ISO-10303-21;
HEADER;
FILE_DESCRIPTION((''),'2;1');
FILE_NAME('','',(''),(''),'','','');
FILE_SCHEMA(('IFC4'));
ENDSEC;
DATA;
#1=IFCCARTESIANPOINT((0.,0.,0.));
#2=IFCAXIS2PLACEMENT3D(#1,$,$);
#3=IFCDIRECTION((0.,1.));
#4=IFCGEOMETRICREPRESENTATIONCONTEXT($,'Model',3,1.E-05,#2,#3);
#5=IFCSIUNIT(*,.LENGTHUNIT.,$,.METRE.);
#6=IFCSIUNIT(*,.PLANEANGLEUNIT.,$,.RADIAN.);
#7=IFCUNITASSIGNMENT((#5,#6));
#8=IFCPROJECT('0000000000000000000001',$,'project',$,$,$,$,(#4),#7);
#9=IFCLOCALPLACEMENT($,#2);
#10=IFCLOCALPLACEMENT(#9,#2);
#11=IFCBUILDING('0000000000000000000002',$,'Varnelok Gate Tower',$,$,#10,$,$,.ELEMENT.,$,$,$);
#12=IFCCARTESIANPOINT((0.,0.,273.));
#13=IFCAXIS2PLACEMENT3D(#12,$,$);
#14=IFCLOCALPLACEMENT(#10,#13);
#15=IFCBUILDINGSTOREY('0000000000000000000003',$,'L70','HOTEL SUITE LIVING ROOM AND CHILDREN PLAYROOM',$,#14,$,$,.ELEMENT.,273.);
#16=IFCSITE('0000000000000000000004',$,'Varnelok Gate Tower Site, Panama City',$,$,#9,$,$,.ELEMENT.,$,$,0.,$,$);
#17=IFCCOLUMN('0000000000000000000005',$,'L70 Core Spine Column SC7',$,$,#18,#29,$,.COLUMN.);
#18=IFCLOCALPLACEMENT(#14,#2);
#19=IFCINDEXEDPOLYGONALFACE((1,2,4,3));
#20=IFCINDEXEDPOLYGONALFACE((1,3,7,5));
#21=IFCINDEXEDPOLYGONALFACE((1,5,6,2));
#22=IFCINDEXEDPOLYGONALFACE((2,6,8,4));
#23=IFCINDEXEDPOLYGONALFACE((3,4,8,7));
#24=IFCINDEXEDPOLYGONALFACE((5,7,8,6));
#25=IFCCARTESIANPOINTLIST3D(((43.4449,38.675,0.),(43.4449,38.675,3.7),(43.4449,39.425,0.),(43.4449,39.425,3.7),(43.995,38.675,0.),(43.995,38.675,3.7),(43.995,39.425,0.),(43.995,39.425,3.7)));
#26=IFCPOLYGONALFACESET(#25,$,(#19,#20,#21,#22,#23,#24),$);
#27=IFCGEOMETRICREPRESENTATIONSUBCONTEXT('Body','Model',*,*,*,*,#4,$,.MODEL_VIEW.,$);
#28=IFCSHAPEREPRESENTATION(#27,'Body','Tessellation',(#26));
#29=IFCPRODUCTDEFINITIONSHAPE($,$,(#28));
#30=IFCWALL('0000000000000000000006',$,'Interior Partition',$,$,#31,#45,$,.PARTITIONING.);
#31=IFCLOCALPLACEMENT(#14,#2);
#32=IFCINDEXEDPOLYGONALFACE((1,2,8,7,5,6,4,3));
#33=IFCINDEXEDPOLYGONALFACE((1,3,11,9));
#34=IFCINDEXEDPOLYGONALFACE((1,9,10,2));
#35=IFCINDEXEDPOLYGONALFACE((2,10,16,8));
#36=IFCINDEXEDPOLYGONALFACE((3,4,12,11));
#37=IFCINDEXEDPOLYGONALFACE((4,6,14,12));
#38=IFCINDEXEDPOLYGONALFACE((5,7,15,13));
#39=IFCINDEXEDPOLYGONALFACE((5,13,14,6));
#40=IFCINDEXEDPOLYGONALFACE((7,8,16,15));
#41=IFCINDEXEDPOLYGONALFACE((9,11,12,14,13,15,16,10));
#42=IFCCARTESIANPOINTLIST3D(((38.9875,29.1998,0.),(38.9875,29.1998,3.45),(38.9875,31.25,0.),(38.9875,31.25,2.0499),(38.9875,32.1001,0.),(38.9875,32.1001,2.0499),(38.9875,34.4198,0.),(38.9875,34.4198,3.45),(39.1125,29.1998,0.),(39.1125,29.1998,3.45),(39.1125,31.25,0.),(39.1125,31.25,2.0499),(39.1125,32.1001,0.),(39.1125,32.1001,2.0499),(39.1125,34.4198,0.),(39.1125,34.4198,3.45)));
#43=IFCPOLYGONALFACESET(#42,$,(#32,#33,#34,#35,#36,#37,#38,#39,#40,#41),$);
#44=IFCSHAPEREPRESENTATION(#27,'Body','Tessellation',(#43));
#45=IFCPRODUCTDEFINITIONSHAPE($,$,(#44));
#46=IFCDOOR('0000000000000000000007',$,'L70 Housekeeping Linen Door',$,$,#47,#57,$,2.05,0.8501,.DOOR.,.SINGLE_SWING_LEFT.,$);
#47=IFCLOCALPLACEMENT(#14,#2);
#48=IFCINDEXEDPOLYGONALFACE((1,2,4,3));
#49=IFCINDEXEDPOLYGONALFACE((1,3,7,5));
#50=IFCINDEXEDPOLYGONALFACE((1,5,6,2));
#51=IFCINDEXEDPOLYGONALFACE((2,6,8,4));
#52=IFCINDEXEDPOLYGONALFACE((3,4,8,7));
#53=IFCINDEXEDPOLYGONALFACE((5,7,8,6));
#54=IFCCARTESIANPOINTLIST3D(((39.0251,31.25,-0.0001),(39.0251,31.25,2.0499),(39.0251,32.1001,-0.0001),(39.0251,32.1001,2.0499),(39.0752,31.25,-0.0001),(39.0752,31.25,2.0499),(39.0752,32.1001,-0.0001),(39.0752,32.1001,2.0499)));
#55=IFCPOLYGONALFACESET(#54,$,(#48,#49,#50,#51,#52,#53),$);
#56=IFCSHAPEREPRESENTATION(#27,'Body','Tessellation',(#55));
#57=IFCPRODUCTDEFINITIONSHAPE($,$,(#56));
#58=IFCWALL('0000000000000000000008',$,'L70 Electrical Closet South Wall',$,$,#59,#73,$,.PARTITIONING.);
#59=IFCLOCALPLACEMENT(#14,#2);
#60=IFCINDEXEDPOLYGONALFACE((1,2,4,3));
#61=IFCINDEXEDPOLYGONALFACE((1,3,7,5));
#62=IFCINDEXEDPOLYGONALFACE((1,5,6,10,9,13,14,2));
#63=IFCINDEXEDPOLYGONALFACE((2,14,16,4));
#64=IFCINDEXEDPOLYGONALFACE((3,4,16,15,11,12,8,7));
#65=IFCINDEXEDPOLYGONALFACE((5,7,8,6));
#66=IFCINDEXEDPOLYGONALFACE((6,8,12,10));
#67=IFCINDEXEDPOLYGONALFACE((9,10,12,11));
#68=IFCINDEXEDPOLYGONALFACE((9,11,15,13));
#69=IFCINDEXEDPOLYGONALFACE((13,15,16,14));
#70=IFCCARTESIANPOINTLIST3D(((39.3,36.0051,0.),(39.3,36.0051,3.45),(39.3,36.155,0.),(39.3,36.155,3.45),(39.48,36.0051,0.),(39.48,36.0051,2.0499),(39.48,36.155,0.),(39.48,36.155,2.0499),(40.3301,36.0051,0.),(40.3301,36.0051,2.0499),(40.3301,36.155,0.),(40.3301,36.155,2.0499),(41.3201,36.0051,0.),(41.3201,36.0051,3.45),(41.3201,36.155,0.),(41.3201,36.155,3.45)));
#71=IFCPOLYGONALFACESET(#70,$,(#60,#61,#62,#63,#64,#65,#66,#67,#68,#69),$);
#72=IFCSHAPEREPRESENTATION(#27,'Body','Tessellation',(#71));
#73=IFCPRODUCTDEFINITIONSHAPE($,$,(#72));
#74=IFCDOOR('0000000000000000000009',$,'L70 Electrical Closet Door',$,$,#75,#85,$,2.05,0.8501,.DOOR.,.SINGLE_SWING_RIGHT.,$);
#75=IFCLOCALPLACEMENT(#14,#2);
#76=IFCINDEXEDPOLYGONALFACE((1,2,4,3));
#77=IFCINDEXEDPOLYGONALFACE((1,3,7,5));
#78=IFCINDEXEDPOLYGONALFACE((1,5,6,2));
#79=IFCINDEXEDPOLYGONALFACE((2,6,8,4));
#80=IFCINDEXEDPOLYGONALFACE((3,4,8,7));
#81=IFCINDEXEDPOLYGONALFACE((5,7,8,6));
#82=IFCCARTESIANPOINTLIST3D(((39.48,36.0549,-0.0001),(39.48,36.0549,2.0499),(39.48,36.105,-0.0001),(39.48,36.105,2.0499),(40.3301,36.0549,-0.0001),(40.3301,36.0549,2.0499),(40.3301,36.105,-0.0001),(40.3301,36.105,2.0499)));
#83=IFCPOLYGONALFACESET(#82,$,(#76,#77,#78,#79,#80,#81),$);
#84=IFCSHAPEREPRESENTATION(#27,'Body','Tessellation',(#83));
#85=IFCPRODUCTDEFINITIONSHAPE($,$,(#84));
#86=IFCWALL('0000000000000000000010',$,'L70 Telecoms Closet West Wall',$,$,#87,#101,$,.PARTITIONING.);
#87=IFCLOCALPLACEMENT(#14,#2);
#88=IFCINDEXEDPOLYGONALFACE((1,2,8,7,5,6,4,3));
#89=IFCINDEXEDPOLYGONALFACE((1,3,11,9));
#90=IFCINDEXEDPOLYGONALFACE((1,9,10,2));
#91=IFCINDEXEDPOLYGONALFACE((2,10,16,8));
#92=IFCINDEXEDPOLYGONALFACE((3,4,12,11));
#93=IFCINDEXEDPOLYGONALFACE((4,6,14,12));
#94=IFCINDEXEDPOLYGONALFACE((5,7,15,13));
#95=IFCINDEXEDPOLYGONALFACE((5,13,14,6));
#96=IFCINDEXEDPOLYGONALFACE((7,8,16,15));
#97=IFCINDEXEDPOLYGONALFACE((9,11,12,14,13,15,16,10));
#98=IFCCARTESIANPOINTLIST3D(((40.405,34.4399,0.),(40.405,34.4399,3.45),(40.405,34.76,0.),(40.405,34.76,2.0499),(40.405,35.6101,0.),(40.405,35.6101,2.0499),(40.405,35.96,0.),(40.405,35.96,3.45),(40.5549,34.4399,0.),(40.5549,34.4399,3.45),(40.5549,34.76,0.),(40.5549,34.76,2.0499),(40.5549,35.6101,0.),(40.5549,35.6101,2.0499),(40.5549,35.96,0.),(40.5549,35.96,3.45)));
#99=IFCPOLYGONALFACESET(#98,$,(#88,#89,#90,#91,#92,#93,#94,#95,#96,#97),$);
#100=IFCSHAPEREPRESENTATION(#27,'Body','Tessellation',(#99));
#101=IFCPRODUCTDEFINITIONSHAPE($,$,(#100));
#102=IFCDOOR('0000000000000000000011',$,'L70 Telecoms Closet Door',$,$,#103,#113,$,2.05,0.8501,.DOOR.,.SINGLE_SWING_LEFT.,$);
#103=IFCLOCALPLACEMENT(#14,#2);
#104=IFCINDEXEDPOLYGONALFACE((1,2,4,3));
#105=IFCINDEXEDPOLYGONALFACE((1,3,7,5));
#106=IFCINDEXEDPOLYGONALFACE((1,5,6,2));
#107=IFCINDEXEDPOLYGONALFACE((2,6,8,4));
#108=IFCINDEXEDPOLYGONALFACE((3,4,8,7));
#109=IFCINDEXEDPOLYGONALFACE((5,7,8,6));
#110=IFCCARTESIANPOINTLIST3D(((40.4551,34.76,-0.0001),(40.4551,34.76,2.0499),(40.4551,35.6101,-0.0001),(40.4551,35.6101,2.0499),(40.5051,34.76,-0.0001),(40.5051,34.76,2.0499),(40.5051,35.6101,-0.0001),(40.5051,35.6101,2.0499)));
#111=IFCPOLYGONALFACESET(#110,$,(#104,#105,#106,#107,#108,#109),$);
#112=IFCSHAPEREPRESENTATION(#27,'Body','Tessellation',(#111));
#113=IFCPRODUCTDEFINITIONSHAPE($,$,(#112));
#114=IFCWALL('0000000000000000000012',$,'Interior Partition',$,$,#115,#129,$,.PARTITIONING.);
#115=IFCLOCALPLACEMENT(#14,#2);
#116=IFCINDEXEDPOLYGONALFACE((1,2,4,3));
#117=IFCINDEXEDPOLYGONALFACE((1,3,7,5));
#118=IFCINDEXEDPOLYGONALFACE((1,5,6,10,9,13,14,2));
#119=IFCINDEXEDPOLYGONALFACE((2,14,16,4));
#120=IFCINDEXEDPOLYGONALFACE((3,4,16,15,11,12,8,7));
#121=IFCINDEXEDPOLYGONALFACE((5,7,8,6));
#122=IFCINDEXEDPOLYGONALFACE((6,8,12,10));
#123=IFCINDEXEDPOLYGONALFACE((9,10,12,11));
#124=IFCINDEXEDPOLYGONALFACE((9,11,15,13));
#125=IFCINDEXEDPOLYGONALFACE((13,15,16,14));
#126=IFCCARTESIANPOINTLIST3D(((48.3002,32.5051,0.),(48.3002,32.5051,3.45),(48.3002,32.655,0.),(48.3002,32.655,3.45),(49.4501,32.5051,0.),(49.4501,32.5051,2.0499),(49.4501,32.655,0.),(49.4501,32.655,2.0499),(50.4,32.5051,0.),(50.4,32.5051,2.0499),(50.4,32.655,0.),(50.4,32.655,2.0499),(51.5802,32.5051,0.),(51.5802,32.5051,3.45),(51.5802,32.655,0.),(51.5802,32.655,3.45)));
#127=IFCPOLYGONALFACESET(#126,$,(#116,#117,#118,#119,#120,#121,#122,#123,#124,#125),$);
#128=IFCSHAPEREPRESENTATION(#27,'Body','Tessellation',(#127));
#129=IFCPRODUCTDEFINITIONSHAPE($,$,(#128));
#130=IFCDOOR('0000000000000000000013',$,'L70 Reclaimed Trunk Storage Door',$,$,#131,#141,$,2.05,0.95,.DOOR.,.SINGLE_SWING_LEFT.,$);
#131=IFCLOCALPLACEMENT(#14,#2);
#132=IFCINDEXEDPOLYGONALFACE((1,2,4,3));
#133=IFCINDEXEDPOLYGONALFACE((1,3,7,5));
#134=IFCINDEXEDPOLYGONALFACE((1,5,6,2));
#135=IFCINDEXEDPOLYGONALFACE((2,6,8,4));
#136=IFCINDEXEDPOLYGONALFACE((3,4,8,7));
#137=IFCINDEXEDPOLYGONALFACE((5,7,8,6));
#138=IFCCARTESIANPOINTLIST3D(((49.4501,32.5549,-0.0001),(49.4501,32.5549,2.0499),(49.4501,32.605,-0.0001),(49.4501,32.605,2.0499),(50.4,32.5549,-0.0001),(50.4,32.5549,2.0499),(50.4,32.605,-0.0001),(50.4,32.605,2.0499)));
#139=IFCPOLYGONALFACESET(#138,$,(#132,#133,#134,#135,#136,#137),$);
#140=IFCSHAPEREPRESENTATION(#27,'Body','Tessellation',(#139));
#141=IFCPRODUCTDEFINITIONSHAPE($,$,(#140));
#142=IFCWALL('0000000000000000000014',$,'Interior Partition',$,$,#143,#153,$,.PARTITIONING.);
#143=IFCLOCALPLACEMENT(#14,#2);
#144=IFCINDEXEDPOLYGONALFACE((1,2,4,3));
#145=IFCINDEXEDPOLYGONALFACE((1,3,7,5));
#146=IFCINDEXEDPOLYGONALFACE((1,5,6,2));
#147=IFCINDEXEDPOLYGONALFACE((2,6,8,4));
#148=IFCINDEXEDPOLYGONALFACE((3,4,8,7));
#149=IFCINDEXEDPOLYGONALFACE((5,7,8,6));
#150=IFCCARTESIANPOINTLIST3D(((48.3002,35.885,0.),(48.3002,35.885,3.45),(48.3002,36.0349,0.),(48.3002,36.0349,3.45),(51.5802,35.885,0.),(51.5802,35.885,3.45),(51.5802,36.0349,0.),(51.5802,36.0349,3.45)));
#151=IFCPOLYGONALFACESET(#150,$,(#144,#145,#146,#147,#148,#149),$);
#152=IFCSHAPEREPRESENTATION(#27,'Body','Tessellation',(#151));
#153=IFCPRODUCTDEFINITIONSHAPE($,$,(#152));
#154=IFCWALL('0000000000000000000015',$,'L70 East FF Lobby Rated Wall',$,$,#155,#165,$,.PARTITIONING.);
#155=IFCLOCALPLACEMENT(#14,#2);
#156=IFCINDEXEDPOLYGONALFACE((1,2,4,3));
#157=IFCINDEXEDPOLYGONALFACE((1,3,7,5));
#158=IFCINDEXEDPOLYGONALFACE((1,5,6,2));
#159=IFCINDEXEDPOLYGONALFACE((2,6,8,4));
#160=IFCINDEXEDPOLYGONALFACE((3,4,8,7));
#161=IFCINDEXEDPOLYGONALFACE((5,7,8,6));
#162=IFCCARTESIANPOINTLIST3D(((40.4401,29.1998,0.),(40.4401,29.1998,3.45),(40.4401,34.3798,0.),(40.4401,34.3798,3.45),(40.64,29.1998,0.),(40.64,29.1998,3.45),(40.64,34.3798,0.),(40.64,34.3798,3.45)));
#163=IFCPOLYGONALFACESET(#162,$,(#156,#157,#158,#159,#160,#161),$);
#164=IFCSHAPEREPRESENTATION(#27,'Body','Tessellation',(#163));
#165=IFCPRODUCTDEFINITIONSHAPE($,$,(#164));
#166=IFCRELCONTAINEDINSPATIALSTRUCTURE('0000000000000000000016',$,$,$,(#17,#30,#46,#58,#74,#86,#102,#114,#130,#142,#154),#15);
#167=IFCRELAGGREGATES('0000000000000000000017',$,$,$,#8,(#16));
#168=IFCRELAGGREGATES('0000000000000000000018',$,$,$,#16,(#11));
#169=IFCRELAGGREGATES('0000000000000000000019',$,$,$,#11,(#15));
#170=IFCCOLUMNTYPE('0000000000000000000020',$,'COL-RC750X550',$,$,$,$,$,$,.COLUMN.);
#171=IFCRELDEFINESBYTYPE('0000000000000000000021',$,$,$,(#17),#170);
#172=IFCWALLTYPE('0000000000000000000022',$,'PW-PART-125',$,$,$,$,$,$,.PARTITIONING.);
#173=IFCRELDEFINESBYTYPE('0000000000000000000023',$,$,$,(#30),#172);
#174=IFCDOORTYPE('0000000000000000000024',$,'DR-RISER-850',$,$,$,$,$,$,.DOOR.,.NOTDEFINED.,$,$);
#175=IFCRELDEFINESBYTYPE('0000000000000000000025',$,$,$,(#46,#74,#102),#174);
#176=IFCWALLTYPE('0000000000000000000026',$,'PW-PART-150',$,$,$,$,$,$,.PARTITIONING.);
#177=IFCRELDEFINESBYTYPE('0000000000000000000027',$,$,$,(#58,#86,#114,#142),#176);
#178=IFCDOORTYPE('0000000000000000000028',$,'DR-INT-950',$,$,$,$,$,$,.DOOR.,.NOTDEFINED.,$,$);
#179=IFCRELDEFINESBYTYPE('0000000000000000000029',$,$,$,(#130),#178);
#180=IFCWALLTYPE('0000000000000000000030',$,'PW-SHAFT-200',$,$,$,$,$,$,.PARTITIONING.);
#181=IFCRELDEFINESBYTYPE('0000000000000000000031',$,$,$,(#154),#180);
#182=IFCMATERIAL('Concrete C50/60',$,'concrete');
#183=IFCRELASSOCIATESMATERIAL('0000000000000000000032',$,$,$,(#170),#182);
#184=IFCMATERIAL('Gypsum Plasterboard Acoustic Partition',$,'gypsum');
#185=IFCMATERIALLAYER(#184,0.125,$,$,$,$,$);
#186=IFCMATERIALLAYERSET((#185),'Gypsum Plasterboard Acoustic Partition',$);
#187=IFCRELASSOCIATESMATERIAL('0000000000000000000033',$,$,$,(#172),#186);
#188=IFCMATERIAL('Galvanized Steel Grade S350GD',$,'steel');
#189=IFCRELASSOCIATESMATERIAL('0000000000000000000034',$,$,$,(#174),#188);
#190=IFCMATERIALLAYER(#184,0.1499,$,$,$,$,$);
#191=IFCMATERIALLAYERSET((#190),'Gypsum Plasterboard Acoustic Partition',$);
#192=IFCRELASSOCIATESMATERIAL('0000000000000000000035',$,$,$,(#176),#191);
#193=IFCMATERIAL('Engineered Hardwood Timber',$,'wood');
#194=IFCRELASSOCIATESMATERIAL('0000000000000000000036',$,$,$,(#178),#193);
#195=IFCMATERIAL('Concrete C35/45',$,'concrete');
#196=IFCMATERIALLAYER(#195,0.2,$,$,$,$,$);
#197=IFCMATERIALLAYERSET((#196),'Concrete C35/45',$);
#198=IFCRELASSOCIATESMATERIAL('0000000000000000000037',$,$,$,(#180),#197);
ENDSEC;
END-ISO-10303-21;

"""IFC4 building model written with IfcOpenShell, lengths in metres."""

from ifc_helpers import new_model, si_unit, direction, frame, frame_2d, origin, origin_2d, place, context, subcontext, project, spatial, rectangle, extrude, material, layer, layer_set, material_profile, profile_set, type_object, element, fill, save


model = new_model("IFC4")

# Units and contexts
model_context = context("Model", 3, precision=1e-05, world=origin(), true_north=direction((0.0, 1.0)))
body_context = subcontext(model_context, "Body", "Model", "MODEL_VIEW")
ifc_project = project(units=[si_unit("LENGTHUNIT", "METRE"), si_unit("PLANEANGLEUNIT", "RADIAN")], contexts=[model_context])

# Site, building, storey
site_placement = place(None, origin())
site = spatial("IfcSite", under=ifc_project, at=site_placement, Name="Varnelok Gate Tower Site, Panama City", CompositionType="ELEMENT", RefElevation=0.0)
building_placement = place(site_placement, origin())
building = spatial("IfcBuilding", under=site, at=building_placement, Name="Varnelok Gate Tower", CompositionType="ELEMENT")
storey_placement = place(building_placement, frame((0.0, 0.0, 273.0)))
storey = spatial("IfcBuildingStorey", under=building, at=storey_placement, Name="L70", Description="HOTEL SUITE LIVING ROOM AND CHILDREN PLAYROOM", CompositionType="ELEMENT", Elevation=273.0)

# Column
ifc_material_1 = material(Name="Concrete C50/60", Category="concrete")
ifc_material_profile = material_profile(ifc_material_1, rectangle(XDim=0.55, YDim=0.75, at=origin_2d()), Name="RC750X550")
ifc_profile_set = profile_set([ifc_material_profile], Name="Concrete C50/60")
column_type = type_object("IfcColumnType", Name="COL-RC750X550", PredefinedType="COLUMN", material=ifc_profile_set)
column_placement = place(storey_placement, frame((43.72, 39.05, 0.0), z_axis=(0.0, 0.0, 1.0), x_axis=(1.0, 0.0, 0.0)))
element("IfcColumn", 1, at=column_placement, inside=storey, type_object=column_type, Name="L70 Core Spine Column SC7", PredefinedType="COLUMN", context=body_context, shape_type="SweptSolid", body=[
    extrude(rectangle(XDim=0.55, YDim=0.75, at=origin_2d()), origin(), (0.0, 0.0, 1.0), 3.7),
])

# Walls, openings, doors
ifc_material_2 = material(Name="Gypsum Plasterboard Acoustic Partition", Category="gypsum")
ifc_layer_1 = layer(ifc_material_2, 0.125)
ifc_layer_set_1 = layer_set([ifc_layer_1], Name="Gypsum Plasterboard Acoustic Partition")
wall_type_1 = type_object("IfcWallType", Name="PW-PART-125", PredefinedType="PARTITIONING", material=ifc_layer_set_1)
wall_1_placement = place(storey_placement, frame((39.05, 29.2, 0.0), z_axis=(0.0, 0.0, 1.0), x_axis=(0.0, 1.0, 0.0)))
wall_1 = element("IfcWall", 2, at=wall_1_placement, inside=storey, type_object=wall_type_1, Name="Interior Partition", PredefinedType="PARTITIONING", context=body_context, shape_type="SweptSolid", body=[
    extrude(rectangle(XDim=5.22, YDim=0.125, at=frame_2d((2.6099, 0.0))), origin(), (0.0, 0.0, 1.0), 3.45),
])
opening_1_placement = place(wall_1_placement, frame((2.05, 0.0, 0.0)))
opening_1 = element("IfcOpeningElement", 3, at=opening_1_placement, cuts=wall_1, PredefinedType="OPENING", context=body_context, shape_type="SweptSolid", body=[
    extrude(rectangle(XDim=0.8501, YDim=2.05, at=frame_2d((0.425, 1.0249))), frame((0.0, 0.0725, 0.0), z_axis=(0.0, -1.0, 0.0), x_axis=(1.0, 0.0, 0.0)), (0.0, 0.0, 1.0), 0.145),
])
ifc_material_3 = material(Name="Galvanized Steel Grade S350GD", Category="steel")
door_type_1 = type_object("IfcDoorType", Name="DR-RISER-850", OperationType="NOTDEFINED", PredefinedType="DOOR", material=ifc_material_3)
door_1_placement = place(opening_1_placement, origin())
door_1 = element("IfcDoor", 4, at=door_1_placement, inside=storey, type_object=door_type_1, Name="L70 Housekeeping Linen Door", OperationType="SINGLE_SWING_LEFT", OverallHeight=2.05, OverallWidth=0.8501, PredefinedType="DOOR", context=body_context, shape_type="SweptSolid", body=[
    extrude(rectangle(XDim=0.8501, YDim=2.05, at=frame_2d((0.425, 1.0249))), frame((0.0, 0.0249, 0.0), z_axis=(0.0, -1.0, 0.0), x_axis=(1.0, 0.0, 0.0)), (0.0, 0.0, 1.0), 0.05),
])
fill(opening_1, door_1)
ifc_layer_2 = layer(ifc_material_2, 0.1499)
ifc_layer_set_2 = layer_set([ifc_layer_2], Name="Gypsum Plasterboard Acoustic Partition")
wall_type_2 = type_object("IfcWallType", Name="PW-PART-150", PredefinedType="PARTITIONING", material=ifc_layer_set_2)
wall_2_placement = place(storey_placement, frame((39.3, 36.0801, 0.0), z_axis=(0.0, 0.0, 1.0), x_axis=(1.0, 0.0, 0.0)))
wall_2 = element("IfcWall", 5, at=wall_2_placement, inside=storey, type_object=wall_type_2, Name="L70 Electrical Closet South Wall", PredefinedType="PARTITIONING", context=body_context, shape_type="SweptSolid", body=[
    extrude(rectangle(XDim=2.02, YDim=0.1499, at=frame_2d((1.01, 0.0))), origin(), (0.0, 0.0, 1.0), 3.45),
])
opening_2_placement = place(wall_2_placement, frame((0.1799, 0.0, 0.0)))
opening_2 = element("IfcOpeningElement", 6, at=opening_2_placement, cuts=wall_2, PredefinedType="OPENING", context=body_context, shape_type="SweptSolid", body=[
    extrude(rectangle(XDim=0.8501, YDim=2.05, at=frame_2d((0.425, 1.0249))), frame((0.0, 0.085, 0.0), z_axis=(0.0, -1.0, 0.0), x_axis=(1.0, 0.0, 0.0)), (0.0, 0.0, 1.0), 0.1699),
])
door_2_placement = place(opening_2_placement, origin())
door_2 = element("IfcDoor", 7, at=door_2_placement, inside=storey, type_object=door_type_1, Name="L70 Electrical Closet Door", OperationType="SINGLE_SWING_RIGHT", OverallHeight=2.05, OverallWidth=0.8501, PredefinedType="DOOR", context=body_context, shape_type="SweptSolid", body=[
    extrude(rectangle(XDim=0.8501, YDim=2.05, at=frame_2d((0.425, 1.0249))), frame((0.0, 0.0249, 0.0), z_axis=(0.0, -1.0, 0.0), x_axis=(1.0, 0.0, 0.0)), (0.0, 0.0, 1.0), 0.05),
])
fill(opening_2, door_2)
wall_3_placement = place(storey_placement, frame((40.48, 34.4399, 0.0), z_axis=(0.0, 0.0, 1.0), x_axis=(0.0, 1.0, 0.0)))
wall_3 = element("IfcWall", 8, at=wall_3_placement, inside=storey, type_object=wall_type_2, Name="L70 Telecoms Closet West Wall", PredefinedType="PARTITIONING", context=body_context, shape_type="SweptSolid", body=[
    extrude(rectangle(XDim=1.52, YDim=0.1499, at=frame_2d((0.76, 0.0))), origin(), (0.0, 0.0, 1.0), 3.45),
])
opening_3_placement = place(wall_3_placement, frame((0.3201, 0.0, 0.0)))
opening_3 = element("IfcOpeningElement", 9, at=opening_3_placement, cuts=wall_3, PredefinedType="OPENING", context=body_context, shape_type="SweptSolid", body=[
    extrude(rectangle(XDim=0.8501, YDim=2.05, at=frame_2d((0.425, 1.0249))), frame((0.0, 0.085, 0.0), z_axis=(0.0, -1.0, 0.0), x_axis=(1.0, 0.0, 0.0)), (0.0, 0.0, 1.0), 0.1699),
])
door_3_placement = place(opening_3_placement, origin())
door_3 = element("IfcDoor", 10, at=door_3_placement, inside=storey, type_object=door_type_1, Name="L70 Telecoms Closet Door", OperationType="SINGLE_SWING_LEFT", OverallHeight=2.05, OverallWidth=0.8501, PredefinedType="DOOR", context=body_context, shape_type="SweptSolid", body=[
    extrude(rectangle(XDim=0.8501, YDim=2.05, at=frame_2d((0.425, 1.0249))), frame((0.0, 0.0249, 0.0), z_axis=(0.0, -1.0, 0.0), x_axis=(1.0, 0.0, 0.0)), (0.0, 0.0, 1.0), 0.05),
])
fill(opening_3, door_3)
wall_4_placement = place(storey_placement, frame((48.3, 32.5801, 0.0), z_axis=(0.0, 0.0, 1.0), x_axis=(1.0, 0.0, 0.0)))
wall_4 = element("IfcWall", 11, at=wall_4_placement, inside=storey, type_object=wall_type_2, Name="Interior Partition", PredefinedType="PARTITIONING", context=body_context, shape_type="SweptSolid", body=[
    extrude(rectangle(XDim=3.28, YDim=0.1499, at=frame_2d((1.6401, 0.0))), origin(), (0.0, 0.0, 1.0), 3.45),
])
opening_4_placement = place(wall_4_placement, frame((1.1499, 0.0, 0.0)))
opening_4 = element("IfcOpeningElement", 12, at=opening_4_placement, cuts=wall_4, PredefinedType="OPENING", context=body_context, shape_type="SweptSolid", body=[
    extrude(rectangle(XDim=0.95, YDim=2.05, at=frame_2d((0.4751, 1.0249))), frame((0.0, 0.085, 0.0), z_axis=(0.0, -1.0, 0.0), x_axis=(1.0, 0.0, 0.0)), (0.0, 0.0, 1.0), 0.1699),
])
ifc_material_4 = material(Name="Engineered Hardwood Timber", Category="wood")
door_type_2 = type_object("IfcDoorType", Name="DR-INT-950", OperationType="NOTDEFINED", PredefinedType="DOOR", material=ifc_material_4)
door_4_placement = place(opening_4_placement, origin())
door_4 = element("IfcDoor", 13, at=door_4_placement, inside=storey, type_object=door_type_2, Name="L70 Reclaimed Trunk Storage Door", OperationType="SINGLE_SWING_LEFT", OverallHeight=2.05, OverallWidth=0.95, PredefinedType="DOOR", context=body_context, shape_type="SweptSolid", body=[
    extrude(rectangle(XDim=0.95, YDim=2.05, at=frame_2d((0.4751, 1.0249))), frame((0.0, 0.0249, 0.0), z_axis=(0.0, -1.0, 0.0), x_axis=(1.0, 0.0, 0.0)), (0.0, 0.0, 1.0), 0.05),
])
fill(opening_4, door_4)

# Walls
wall_5_placement = place(storey_placement, frame((48.3, 35.96, 0.0), z_axis=(0.0, 0.0, 1.0), x_axis=(1.0, 0.0, 0.0)))
element("IfcWall", 14, at=wall_5_placement, inside=storey, type_object=wall_type_2, Name="Interior Partition", PredefinedType="PARTITIONING", context=body_context, shape_type="SweptSolid", body=[
    extrude(rectangle(XDim=3.28, YDim=0.1499, at=frame_2d((1.6401, 0.0))), origin(), (0.0, 0.0, 1.0), 3.45),
])
ifc_material_5 = material(Name="Concrete C35/45", Category="concrete")
ifc_layer_3 = layer(ifc_material_5, 0.2)
ifc_layer_set_3 = layer_set([ifc_layer_3], Name="Concrete C35/45")
wall_type_3 = type_object("IfcWallType", Name="PW-SHAFT-200", PredefinedType="PARTITIONING", material=ifc_layer_set_3)
wall_6_placement = place(storey_placement, frame((40.54, 29.2, 0.0), z_axis=(0.0, 0.0, 1.0), x_axis=(0.0, 1.0, 0.0)))
element("IfcWall", 15, at=wall_6_placement, inside=storey, type_object=wall_type_3, Name="L70 East FF Lobby Rated Wall", PredefinedType="PARTITIONING", context=body_context, shape_type="SweptSolid", body=[
    extrude(rectangle(XDim=5.1799, YDim=0.2, at=frame_2d((2.5898, 0.0))), origin(), (0.0, 0.0, 1.0), 3.45),
])

save(model, "model.ifc")
